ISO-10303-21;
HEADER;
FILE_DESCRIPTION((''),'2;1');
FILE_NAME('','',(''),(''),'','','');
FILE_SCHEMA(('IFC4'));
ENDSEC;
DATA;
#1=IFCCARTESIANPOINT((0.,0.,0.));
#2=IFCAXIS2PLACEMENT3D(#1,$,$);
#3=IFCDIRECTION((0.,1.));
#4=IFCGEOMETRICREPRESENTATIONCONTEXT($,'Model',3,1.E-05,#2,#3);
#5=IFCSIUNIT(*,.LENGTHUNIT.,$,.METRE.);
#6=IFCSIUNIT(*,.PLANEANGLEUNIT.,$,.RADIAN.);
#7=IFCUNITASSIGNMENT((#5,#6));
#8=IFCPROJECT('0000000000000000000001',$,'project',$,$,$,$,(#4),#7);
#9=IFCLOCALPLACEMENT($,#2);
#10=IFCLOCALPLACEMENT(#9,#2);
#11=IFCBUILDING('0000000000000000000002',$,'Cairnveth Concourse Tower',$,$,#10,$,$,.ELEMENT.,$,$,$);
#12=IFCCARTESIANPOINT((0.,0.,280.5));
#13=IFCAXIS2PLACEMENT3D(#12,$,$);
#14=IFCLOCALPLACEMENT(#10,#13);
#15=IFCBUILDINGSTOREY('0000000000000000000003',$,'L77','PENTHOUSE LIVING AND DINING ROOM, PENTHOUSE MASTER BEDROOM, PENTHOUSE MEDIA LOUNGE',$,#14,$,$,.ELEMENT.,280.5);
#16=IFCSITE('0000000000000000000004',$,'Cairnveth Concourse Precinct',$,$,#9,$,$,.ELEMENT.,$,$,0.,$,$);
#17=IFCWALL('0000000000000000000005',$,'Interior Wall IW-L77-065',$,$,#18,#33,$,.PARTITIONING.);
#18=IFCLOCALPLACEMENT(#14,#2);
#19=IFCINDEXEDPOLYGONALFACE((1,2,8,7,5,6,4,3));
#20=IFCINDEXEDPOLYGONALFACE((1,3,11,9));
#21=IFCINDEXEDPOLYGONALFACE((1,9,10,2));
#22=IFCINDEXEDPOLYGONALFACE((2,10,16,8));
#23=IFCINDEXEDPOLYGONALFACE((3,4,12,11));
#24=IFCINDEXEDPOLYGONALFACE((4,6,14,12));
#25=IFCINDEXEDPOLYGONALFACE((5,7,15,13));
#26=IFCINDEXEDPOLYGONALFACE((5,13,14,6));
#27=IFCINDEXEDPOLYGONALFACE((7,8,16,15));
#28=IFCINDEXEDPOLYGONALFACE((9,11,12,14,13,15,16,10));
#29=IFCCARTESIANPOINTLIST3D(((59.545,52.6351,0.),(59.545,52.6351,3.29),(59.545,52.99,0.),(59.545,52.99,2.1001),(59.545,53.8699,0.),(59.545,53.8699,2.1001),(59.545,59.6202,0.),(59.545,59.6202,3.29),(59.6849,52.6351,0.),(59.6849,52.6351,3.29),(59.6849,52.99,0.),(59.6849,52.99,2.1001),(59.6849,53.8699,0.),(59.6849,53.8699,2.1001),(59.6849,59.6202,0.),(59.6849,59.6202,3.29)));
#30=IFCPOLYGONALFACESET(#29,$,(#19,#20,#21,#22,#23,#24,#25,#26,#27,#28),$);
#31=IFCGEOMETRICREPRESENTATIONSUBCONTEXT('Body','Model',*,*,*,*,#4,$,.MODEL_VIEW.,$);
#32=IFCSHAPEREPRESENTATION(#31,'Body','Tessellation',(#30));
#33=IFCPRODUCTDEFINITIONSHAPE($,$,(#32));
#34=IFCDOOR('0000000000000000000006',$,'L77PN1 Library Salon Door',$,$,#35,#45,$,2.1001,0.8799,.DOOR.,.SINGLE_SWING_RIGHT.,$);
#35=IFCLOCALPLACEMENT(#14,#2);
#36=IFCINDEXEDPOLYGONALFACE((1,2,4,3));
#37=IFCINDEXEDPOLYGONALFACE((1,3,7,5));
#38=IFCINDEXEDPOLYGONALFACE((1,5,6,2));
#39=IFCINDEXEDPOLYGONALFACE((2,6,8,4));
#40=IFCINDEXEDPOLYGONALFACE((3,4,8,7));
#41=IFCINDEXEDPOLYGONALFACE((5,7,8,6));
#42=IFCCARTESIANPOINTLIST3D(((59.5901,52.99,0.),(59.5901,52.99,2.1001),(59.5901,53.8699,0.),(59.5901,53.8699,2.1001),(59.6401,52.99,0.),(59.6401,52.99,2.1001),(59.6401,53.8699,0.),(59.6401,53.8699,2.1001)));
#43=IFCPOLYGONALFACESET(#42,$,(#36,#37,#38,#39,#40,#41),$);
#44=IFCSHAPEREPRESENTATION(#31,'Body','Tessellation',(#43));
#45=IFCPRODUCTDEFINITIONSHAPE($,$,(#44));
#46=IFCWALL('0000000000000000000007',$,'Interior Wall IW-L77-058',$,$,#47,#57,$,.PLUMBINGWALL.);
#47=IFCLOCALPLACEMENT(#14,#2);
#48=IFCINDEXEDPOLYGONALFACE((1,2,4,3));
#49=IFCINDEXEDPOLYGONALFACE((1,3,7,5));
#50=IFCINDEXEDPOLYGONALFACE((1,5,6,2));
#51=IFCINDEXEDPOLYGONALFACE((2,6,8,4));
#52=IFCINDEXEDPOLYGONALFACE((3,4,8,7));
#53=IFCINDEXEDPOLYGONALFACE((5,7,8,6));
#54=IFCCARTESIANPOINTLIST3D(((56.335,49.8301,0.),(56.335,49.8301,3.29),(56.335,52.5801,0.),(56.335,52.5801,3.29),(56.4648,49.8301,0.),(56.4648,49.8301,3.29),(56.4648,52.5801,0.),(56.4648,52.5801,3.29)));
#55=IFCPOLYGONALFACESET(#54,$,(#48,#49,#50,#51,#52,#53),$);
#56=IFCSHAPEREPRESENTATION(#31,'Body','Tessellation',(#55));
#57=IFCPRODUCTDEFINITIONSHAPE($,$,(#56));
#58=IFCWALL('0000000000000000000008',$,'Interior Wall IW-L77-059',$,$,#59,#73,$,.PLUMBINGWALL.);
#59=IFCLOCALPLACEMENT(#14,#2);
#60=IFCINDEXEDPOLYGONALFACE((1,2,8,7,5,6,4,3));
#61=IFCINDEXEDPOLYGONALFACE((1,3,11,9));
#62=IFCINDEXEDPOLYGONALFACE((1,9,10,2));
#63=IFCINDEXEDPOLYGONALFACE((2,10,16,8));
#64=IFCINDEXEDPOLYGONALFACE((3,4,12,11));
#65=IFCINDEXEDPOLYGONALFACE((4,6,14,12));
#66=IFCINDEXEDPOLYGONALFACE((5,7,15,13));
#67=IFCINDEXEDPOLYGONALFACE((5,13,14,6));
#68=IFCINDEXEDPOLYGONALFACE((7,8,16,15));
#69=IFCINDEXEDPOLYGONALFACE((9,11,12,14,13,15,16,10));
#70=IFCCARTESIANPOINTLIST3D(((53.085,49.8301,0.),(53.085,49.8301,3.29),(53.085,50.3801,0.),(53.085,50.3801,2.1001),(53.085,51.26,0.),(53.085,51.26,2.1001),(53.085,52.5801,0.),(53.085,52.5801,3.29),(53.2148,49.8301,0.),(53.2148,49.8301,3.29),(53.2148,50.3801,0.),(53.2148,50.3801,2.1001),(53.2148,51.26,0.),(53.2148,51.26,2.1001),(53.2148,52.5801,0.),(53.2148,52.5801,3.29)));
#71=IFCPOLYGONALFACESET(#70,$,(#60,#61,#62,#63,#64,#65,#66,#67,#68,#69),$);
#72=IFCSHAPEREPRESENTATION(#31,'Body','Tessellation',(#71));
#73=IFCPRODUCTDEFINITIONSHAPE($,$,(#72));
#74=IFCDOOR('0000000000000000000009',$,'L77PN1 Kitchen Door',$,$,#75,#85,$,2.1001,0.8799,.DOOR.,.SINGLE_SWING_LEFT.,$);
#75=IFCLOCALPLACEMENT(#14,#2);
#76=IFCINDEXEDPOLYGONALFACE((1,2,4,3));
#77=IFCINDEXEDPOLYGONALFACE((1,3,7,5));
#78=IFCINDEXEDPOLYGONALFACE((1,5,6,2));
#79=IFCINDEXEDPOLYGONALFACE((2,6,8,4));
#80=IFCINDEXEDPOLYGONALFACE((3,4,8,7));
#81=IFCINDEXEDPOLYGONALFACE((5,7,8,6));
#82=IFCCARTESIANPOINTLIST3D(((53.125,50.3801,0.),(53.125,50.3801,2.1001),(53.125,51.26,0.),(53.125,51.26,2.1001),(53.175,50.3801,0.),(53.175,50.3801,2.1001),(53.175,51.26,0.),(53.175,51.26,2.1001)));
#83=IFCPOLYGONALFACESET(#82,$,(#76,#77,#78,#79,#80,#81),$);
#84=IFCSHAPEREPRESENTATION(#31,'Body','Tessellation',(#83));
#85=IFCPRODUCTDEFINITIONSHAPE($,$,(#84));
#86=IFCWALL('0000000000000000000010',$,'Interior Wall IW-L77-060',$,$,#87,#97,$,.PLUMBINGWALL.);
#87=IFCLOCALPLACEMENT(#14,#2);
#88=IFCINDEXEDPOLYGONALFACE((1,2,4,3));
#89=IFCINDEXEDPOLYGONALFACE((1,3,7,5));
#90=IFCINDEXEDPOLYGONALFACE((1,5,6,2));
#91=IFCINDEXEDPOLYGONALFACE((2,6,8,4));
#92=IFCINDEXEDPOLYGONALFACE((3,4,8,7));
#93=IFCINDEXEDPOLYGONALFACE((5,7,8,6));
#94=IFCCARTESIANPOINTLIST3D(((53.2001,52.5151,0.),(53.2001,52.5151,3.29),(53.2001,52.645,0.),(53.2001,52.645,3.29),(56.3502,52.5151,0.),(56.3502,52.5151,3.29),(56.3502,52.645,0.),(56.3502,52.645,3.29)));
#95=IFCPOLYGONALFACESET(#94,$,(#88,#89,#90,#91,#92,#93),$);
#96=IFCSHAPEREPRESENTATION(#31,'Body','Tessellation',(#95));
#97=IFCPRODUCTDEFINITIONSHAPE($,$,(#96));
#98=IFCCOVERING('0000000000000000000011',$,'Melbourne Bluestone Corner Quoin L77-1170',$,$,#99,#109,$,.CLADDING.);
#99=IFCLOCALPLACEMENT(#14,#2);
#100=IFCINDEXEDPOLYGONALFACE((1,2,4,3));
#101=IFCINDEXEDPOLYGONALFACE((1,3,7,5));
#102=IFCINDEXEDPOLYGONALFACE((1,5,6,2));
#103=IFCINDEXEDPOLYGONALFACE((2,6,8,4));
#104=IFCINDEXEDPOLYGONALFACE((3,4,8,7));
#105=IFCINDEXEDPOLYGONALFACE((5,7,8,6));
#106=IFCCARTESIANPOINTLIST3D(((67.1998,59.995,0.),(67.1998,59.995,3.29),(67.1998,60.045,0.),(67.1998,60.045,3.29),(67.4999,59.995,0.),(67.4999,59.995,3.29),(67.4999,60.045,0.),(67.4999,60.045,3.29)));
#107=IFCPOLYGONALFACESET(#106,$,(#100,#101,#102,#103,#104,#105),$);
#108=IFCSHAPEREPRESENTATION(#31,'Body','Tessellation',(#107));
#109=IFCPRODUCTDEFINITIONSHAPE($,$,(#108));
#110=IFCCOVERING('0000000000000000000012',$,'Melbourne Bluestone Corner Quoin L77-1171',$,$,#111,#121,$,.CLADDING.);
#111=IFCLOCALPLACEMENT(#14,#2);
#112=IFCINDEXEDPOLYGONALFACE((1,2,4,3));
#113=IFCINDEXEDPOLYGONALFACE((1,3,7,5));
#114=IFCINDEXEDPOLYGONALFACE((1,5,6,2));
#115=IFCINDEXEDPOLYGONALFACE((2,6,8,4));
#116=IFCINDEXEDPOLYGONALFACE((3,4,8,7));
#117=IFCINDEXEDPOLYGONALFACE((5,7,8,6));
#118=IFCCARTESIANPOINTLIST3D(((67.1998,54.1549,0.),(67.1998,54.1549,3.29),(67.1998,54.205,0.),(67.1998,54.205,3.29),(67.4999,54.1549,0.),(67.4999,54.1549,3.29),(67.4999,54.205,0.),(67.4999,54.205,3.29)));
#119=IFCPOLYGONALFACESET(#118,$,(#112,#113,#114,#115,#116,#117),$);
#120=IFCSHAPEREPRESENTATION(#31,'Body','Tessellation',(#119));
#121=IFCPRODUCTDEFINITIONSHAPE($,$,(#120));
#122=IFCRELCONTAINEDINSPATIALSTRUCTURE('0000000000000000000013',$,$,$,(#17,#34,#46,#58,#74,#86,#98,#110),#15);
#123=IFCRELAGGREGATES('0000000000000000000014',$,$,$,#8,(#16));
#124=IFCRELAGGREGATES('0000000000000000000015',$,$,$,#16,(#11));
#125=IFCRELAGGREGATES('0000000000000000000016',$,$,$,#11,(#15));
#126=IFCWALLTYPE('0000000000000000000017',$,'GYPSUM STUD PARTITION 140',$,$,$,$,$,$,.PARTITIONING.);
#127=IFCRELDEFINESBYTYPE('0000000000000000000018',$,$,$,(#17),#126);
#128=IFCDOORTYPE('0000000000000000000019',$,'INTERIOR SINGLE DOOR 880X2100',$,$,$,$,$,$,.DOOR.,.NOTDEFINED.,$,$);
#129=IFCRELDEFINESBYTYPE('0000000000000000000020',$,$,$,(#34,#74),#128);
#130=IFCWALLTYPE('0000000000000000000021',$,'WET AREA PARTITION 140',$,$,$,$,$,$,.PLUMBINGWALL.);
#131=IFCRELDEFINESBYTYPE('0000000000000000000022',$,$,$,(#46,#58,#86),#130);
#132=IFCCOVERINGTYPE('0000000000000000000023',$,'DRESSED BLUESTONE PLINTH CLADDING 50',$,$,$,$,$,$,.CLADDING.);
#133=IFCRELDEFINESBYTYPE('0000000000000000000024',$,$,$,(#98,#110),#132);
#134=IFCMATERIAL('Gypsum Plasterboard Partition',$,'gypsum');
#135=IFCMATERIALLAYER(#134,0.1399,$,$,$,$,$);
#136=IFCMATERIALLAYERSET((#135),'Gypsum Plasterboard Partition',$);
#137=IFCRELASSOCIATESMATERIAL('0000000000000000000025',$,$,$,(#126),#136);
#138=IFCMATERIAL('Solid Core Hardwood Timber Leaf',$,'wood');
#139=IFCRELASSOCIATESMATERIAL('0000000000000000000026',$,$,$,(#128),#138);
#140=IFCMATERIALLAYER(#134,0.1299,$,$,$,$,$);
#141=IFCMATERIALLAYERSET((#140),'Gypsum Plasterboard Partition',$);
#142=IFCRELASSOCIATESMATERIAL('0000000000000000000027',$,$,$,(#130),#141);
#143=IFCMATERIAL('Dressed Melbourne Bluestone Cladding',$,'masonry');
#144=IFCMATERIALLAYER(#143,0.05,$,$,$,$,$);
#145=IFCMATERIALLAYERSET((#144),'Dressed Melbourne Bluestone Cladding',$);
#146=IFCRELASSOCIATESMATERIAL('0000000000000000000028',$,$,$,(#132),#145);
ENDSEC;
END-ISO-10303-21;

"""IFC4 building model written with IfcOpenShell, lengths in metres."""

from ifc_helpers import new_model, si_unit, direction, frame, frame_2d, origin, place, context, subcontext, project, spatial, rectangle, extrude, material, layer, layer_set, type_object, element, fill, save


model = new_model("IFC4")

# Units and contexts
model_context = context("Model", 3, precision=1e-05, world=origin(), true_north=direction((0.0, 1.0)))
body_context = subcontext(model_context, "Body", "Model", "MODEL_VIEW")
ifc_project = project(units=[si_unit("LENGTHUNIT", "METRE"), si_unit("PLANEANGLEUNIT", "RADIAN")], contexts=[model_context])

# Site, building, storey
site_placement = place(None, origin())
site = spatial("IfcSite", under=ifc_project, at=site_placement, Name="Cairnveth Concourse Precinct", CompositionType="ELEMENT", RefElevation=0.0)
building_placement = place(site_placement, origin())
building = spatial("IfcBuilding", under=site, at=building_placement, Name="Cairnveth Concourse Tower", CompositionType="ELEMENT")
storey_placement = place(building_placement, frame((0.0, 0.0, 280.5)))
storey = spatial("IfcBuildingStorey", under=building, at=storey_placement, Name="L77", Description="PENTHOUSE LIVING AND DINING ROOM, PENTHOUSE MASTER BEDROOM, PENTHOUSE MEDIA LOUNGE", CompositionType="ELEMENT", Elevation=280.5)

# Shared definitions
ifc_material_1 = material(Name="Gypsum Plasterboard Partition", Category="gypsum")

# Wall, opening, door
ifc_layer_1 = layer(ifc_material_1, 0.1399)
ifc_layer_set_1 = layer_set([ifc_layer_1], Name="Gypsum Plasterboard Partition")
wall_type_1 = type_object("IfcWallType", Name="GYPSUM STUD PARTITION 140", PredefinedType="PARTITIONING", material=ifc_layer_set_1)
ifc_material_2 = material(Name="Solid Core Hardwood Timber Leaf", Category="wood")
door_type_1 = type_object("IfcDoorType", Name="INTERIOR SINGLE DOOR 880X2100", OperationType="NOTDEFINED", PredefinedType="DOOR", material=ifc_material_2)
wall_1_placement = place(storey_placement, frame((59.615, 52.635, 0.0), z_axis=(0.0, 0.0, 1.0), x_axis=(0.0, 1.0, 0.0)))
wall_1 = element("IfcWall", 1, at=wall_1_placement, inside=storey, type_object=wall_type_1, Name="Interior Wall IW-L77-065", PredefinedType="PARTITIONING", context=body_context, shape_type="SweptSolid", body=[
    extrude(rectangle(XDim=6.9851, YDim=0.1399, at=frame_2d((3.4927, 0.0))), origin(), (0.0, 0.0, 1.0), 3.29),
])
opening_1_placement = place(wall_1_placement, frame((0.355, 0.0, 0.0)))
opening_1 = element("IfcOpeningElement", 2, at=opening_1_placement, cuts=wall_1, PredefinedType="OPENING", context=body_context, shape_type="SweptSolid", body=[
    extrude(rectangle(XDim=0.8799, YDim=2.1001, at=frame_2d((0.4399, 1.05))), frame((0.0, 0.0798, 0.0), z_axis=(0.0, -1.0, 0.0), x_axis=(1.0, 0.0, 0.0)), (0.0, 0.0, 1.0), 0.1599),
])
door_1_placement = place(opening_1_placement, origin())
door_1 = element("IfcDoor", 3, at=door_1_placement, inside=storey, type_object=door_type_1, Name="L77PN1 Library Salon Door", OperationType="SINGLE_SWING_RIGHT", OverallHeight=2.1001, OverallWidth=0.8799, PredefinedType="DOOR", context=body_context, shape_type="SweptSolid", body=[
    extrude(rectangle(XDim=0.8799, YDim=2.1001, at=frame_2d((0.4399, 1.05))), frame((0.0, 0.0249, 0.0), z_axis=(0.0, -1.0, 0.0), x_axis=(1.0, 0.0, 0.0)), (0.0, 0.0, 1.0), 0.05),
])
fill(opening_1, door_1)

# Wall
ifc_layer_2 = layer(ifc_material_1, 0.1299)
ifc_layer_set_2 = layer_set([ifc_layer_2], Name="Gypsum Plasterboard Partition")
wall_type_2 = type_object("IfcWallType", Name="WET AREA PARTITION 140", PredefinedType="PLUMBINGWALL", material=ifc_layer_set_2)
wall_2_placement = place(storey_placement, frame((56.3999, 49.8301, 0.0), z_axis=(0.0, 0.0, 1.0), x_axis=(0.0, 1.0, 0.0)))
element("IfcWall", 4, at=wall_2_placement, inside=storey, type_object=wall_type_2, Name="Interior Wall IW-L77-058", PredefinedType="PLUMBINGWALL", context=body_context, shape_type="SweptSolid", body=[
    extrude(rectangle(XDim=2.75, YDim=0.1299, at=frame_2d((1.375, 0.0))), origin(), (0.0, 0.0, 1.0), 3.29),
])

# Wall, opening, door
wall_3_placement = place(storey_placement, frame((53.1499, 49.8301, 0.0), z_axis=(0.0, 0.0, 1.0), x_axis=(0.0, 1.0, 0.0)))
wall_3 = element("IfcWall", 5, at=wall_3_placement, inside=storey, type_object=wall_type_2, Name="Interior Wall IW-L77-059", PredefinedType="PLUMBINGWALL", context=body_context, shape_type="SweptSolid", body=[
    extrude(rectangle(XDim=2.75, YDim=0.1299, at=frame_2d((1.375, 0.0))), origin(), (0.0, 0.0, 1.0), 3.29),
])
opening_2_placement = place(wall_3_placement, frame((0.55, 0.0, 0.0)))
opening_2 = element("IfcOpeningElement", 6, at=opening_2_placement, cuts=wall_3, PredefinedType="OPENING", context=body_context, shape_type="SweptSolid", body=[
    extrude(rectangle(XDim=0.8799, YDim=2.1001, at=frame_2d((0.4399, 1.05))), frame((0.0, 0.075, 0.0), z_axis=(0.0, -1.0, 0.0), x_axis=(1.0, 0.0, 0.0)), (0.0, 0.0, 1.0), 0.1499),
])
door_2_placement = place(opening_2_placement, origin())
door_2 = element("IfcDoor", 7, at=door_2_placement, inside=storey, type_object=door_type_1, Name="L77PN1 Kitchen Door", OperationType="SINGLE_SWING_LEFT", OverallHeight=2.1001, OverallWidth=0.8799, PredefinedType="DOOR", context=body_context, shape_type="SweptSolid", body=[
    extrude(rectangle(XDim=0.8799, YDim=2.1001, at=frame_2d((0.4399, 1.05))), frame((0.0, 0.0249, 0.0), z_axis=(0.0, -1.0, 0.0), x_axis=(1.0, 0.0, 0.0)), (0.0, 0.0, 1.0), 0.05),
])
fill(opening_2, door_2)

# Wall
wall_4_placement = place(storey_placement, frame((53.2, 52.5801, 0.0), z_axis=(0.0, 0.0, 1.0), x_axis=(1.0, 0.0, 0.0)))
element("IfcWall", 8, at=wall_4_placement, inside=storey, type_object=wall_type_2, Name="Interior Wall IW-L77-060", PredefinedType="PLUMBINGWALL", context=body_context, shape_type="SweptSolid", body=[
    extrude(rectangle(XDim=3.1501, YDim=0.1299, at=frame_2d((1.5752, 0.0))), origin(), (0.0, 0.0, 1.0), 3.29),
])

# Coverings
ifc_material_3 = material(Name="Dressed Melbourne Bluestone Cladding", Category="masonry")
ifc_layer_3 = layer(ifc_material_3, 0.05)
ifc_layer_set_3 = layer_set([ifc_layer_3], Name="Dressed Melbourne Bluestone Cladding")
covering_type = type_object("IfcCoveringType", Name="DRESSED BLUESTONE PLINTH CLADDING 50", PredefinedType="CLADDING", material=ifc_layer_set_3)
for number, where, z_axis, x_axis, name in (
    (9, (67.2, 60.02, 0.0), (0.0, 0.0, 1.0), (1.0, 0.0, 0.0), "Melbourne Bluestone Corner Quoin L77-1170"),
    (10, (67.2, 54.1799, 0.0), (0.0, 0.0, 1.0), (1.0, 0.0, 0.0), "Melbourne Bluestone Corner Quoin L77-1171"),
):
    element("IfcCovering", number, at=place(storey_placement, frame(where, z_axis=z_axis, x_axis=x_axis)), inside=storey, type_object=covering_type, Name=name, PredefinedType="CLADDING", context=body_context, shape_type="SweptSolid", body=[
        extrude(rectangle(XDim=0.3, YDim=0.05, at=frame_2d((0.1499, 0.0))), origin(), (0.0, 0.0, 1.0), 3.29),
    ])

save(model, "model.ifc")
